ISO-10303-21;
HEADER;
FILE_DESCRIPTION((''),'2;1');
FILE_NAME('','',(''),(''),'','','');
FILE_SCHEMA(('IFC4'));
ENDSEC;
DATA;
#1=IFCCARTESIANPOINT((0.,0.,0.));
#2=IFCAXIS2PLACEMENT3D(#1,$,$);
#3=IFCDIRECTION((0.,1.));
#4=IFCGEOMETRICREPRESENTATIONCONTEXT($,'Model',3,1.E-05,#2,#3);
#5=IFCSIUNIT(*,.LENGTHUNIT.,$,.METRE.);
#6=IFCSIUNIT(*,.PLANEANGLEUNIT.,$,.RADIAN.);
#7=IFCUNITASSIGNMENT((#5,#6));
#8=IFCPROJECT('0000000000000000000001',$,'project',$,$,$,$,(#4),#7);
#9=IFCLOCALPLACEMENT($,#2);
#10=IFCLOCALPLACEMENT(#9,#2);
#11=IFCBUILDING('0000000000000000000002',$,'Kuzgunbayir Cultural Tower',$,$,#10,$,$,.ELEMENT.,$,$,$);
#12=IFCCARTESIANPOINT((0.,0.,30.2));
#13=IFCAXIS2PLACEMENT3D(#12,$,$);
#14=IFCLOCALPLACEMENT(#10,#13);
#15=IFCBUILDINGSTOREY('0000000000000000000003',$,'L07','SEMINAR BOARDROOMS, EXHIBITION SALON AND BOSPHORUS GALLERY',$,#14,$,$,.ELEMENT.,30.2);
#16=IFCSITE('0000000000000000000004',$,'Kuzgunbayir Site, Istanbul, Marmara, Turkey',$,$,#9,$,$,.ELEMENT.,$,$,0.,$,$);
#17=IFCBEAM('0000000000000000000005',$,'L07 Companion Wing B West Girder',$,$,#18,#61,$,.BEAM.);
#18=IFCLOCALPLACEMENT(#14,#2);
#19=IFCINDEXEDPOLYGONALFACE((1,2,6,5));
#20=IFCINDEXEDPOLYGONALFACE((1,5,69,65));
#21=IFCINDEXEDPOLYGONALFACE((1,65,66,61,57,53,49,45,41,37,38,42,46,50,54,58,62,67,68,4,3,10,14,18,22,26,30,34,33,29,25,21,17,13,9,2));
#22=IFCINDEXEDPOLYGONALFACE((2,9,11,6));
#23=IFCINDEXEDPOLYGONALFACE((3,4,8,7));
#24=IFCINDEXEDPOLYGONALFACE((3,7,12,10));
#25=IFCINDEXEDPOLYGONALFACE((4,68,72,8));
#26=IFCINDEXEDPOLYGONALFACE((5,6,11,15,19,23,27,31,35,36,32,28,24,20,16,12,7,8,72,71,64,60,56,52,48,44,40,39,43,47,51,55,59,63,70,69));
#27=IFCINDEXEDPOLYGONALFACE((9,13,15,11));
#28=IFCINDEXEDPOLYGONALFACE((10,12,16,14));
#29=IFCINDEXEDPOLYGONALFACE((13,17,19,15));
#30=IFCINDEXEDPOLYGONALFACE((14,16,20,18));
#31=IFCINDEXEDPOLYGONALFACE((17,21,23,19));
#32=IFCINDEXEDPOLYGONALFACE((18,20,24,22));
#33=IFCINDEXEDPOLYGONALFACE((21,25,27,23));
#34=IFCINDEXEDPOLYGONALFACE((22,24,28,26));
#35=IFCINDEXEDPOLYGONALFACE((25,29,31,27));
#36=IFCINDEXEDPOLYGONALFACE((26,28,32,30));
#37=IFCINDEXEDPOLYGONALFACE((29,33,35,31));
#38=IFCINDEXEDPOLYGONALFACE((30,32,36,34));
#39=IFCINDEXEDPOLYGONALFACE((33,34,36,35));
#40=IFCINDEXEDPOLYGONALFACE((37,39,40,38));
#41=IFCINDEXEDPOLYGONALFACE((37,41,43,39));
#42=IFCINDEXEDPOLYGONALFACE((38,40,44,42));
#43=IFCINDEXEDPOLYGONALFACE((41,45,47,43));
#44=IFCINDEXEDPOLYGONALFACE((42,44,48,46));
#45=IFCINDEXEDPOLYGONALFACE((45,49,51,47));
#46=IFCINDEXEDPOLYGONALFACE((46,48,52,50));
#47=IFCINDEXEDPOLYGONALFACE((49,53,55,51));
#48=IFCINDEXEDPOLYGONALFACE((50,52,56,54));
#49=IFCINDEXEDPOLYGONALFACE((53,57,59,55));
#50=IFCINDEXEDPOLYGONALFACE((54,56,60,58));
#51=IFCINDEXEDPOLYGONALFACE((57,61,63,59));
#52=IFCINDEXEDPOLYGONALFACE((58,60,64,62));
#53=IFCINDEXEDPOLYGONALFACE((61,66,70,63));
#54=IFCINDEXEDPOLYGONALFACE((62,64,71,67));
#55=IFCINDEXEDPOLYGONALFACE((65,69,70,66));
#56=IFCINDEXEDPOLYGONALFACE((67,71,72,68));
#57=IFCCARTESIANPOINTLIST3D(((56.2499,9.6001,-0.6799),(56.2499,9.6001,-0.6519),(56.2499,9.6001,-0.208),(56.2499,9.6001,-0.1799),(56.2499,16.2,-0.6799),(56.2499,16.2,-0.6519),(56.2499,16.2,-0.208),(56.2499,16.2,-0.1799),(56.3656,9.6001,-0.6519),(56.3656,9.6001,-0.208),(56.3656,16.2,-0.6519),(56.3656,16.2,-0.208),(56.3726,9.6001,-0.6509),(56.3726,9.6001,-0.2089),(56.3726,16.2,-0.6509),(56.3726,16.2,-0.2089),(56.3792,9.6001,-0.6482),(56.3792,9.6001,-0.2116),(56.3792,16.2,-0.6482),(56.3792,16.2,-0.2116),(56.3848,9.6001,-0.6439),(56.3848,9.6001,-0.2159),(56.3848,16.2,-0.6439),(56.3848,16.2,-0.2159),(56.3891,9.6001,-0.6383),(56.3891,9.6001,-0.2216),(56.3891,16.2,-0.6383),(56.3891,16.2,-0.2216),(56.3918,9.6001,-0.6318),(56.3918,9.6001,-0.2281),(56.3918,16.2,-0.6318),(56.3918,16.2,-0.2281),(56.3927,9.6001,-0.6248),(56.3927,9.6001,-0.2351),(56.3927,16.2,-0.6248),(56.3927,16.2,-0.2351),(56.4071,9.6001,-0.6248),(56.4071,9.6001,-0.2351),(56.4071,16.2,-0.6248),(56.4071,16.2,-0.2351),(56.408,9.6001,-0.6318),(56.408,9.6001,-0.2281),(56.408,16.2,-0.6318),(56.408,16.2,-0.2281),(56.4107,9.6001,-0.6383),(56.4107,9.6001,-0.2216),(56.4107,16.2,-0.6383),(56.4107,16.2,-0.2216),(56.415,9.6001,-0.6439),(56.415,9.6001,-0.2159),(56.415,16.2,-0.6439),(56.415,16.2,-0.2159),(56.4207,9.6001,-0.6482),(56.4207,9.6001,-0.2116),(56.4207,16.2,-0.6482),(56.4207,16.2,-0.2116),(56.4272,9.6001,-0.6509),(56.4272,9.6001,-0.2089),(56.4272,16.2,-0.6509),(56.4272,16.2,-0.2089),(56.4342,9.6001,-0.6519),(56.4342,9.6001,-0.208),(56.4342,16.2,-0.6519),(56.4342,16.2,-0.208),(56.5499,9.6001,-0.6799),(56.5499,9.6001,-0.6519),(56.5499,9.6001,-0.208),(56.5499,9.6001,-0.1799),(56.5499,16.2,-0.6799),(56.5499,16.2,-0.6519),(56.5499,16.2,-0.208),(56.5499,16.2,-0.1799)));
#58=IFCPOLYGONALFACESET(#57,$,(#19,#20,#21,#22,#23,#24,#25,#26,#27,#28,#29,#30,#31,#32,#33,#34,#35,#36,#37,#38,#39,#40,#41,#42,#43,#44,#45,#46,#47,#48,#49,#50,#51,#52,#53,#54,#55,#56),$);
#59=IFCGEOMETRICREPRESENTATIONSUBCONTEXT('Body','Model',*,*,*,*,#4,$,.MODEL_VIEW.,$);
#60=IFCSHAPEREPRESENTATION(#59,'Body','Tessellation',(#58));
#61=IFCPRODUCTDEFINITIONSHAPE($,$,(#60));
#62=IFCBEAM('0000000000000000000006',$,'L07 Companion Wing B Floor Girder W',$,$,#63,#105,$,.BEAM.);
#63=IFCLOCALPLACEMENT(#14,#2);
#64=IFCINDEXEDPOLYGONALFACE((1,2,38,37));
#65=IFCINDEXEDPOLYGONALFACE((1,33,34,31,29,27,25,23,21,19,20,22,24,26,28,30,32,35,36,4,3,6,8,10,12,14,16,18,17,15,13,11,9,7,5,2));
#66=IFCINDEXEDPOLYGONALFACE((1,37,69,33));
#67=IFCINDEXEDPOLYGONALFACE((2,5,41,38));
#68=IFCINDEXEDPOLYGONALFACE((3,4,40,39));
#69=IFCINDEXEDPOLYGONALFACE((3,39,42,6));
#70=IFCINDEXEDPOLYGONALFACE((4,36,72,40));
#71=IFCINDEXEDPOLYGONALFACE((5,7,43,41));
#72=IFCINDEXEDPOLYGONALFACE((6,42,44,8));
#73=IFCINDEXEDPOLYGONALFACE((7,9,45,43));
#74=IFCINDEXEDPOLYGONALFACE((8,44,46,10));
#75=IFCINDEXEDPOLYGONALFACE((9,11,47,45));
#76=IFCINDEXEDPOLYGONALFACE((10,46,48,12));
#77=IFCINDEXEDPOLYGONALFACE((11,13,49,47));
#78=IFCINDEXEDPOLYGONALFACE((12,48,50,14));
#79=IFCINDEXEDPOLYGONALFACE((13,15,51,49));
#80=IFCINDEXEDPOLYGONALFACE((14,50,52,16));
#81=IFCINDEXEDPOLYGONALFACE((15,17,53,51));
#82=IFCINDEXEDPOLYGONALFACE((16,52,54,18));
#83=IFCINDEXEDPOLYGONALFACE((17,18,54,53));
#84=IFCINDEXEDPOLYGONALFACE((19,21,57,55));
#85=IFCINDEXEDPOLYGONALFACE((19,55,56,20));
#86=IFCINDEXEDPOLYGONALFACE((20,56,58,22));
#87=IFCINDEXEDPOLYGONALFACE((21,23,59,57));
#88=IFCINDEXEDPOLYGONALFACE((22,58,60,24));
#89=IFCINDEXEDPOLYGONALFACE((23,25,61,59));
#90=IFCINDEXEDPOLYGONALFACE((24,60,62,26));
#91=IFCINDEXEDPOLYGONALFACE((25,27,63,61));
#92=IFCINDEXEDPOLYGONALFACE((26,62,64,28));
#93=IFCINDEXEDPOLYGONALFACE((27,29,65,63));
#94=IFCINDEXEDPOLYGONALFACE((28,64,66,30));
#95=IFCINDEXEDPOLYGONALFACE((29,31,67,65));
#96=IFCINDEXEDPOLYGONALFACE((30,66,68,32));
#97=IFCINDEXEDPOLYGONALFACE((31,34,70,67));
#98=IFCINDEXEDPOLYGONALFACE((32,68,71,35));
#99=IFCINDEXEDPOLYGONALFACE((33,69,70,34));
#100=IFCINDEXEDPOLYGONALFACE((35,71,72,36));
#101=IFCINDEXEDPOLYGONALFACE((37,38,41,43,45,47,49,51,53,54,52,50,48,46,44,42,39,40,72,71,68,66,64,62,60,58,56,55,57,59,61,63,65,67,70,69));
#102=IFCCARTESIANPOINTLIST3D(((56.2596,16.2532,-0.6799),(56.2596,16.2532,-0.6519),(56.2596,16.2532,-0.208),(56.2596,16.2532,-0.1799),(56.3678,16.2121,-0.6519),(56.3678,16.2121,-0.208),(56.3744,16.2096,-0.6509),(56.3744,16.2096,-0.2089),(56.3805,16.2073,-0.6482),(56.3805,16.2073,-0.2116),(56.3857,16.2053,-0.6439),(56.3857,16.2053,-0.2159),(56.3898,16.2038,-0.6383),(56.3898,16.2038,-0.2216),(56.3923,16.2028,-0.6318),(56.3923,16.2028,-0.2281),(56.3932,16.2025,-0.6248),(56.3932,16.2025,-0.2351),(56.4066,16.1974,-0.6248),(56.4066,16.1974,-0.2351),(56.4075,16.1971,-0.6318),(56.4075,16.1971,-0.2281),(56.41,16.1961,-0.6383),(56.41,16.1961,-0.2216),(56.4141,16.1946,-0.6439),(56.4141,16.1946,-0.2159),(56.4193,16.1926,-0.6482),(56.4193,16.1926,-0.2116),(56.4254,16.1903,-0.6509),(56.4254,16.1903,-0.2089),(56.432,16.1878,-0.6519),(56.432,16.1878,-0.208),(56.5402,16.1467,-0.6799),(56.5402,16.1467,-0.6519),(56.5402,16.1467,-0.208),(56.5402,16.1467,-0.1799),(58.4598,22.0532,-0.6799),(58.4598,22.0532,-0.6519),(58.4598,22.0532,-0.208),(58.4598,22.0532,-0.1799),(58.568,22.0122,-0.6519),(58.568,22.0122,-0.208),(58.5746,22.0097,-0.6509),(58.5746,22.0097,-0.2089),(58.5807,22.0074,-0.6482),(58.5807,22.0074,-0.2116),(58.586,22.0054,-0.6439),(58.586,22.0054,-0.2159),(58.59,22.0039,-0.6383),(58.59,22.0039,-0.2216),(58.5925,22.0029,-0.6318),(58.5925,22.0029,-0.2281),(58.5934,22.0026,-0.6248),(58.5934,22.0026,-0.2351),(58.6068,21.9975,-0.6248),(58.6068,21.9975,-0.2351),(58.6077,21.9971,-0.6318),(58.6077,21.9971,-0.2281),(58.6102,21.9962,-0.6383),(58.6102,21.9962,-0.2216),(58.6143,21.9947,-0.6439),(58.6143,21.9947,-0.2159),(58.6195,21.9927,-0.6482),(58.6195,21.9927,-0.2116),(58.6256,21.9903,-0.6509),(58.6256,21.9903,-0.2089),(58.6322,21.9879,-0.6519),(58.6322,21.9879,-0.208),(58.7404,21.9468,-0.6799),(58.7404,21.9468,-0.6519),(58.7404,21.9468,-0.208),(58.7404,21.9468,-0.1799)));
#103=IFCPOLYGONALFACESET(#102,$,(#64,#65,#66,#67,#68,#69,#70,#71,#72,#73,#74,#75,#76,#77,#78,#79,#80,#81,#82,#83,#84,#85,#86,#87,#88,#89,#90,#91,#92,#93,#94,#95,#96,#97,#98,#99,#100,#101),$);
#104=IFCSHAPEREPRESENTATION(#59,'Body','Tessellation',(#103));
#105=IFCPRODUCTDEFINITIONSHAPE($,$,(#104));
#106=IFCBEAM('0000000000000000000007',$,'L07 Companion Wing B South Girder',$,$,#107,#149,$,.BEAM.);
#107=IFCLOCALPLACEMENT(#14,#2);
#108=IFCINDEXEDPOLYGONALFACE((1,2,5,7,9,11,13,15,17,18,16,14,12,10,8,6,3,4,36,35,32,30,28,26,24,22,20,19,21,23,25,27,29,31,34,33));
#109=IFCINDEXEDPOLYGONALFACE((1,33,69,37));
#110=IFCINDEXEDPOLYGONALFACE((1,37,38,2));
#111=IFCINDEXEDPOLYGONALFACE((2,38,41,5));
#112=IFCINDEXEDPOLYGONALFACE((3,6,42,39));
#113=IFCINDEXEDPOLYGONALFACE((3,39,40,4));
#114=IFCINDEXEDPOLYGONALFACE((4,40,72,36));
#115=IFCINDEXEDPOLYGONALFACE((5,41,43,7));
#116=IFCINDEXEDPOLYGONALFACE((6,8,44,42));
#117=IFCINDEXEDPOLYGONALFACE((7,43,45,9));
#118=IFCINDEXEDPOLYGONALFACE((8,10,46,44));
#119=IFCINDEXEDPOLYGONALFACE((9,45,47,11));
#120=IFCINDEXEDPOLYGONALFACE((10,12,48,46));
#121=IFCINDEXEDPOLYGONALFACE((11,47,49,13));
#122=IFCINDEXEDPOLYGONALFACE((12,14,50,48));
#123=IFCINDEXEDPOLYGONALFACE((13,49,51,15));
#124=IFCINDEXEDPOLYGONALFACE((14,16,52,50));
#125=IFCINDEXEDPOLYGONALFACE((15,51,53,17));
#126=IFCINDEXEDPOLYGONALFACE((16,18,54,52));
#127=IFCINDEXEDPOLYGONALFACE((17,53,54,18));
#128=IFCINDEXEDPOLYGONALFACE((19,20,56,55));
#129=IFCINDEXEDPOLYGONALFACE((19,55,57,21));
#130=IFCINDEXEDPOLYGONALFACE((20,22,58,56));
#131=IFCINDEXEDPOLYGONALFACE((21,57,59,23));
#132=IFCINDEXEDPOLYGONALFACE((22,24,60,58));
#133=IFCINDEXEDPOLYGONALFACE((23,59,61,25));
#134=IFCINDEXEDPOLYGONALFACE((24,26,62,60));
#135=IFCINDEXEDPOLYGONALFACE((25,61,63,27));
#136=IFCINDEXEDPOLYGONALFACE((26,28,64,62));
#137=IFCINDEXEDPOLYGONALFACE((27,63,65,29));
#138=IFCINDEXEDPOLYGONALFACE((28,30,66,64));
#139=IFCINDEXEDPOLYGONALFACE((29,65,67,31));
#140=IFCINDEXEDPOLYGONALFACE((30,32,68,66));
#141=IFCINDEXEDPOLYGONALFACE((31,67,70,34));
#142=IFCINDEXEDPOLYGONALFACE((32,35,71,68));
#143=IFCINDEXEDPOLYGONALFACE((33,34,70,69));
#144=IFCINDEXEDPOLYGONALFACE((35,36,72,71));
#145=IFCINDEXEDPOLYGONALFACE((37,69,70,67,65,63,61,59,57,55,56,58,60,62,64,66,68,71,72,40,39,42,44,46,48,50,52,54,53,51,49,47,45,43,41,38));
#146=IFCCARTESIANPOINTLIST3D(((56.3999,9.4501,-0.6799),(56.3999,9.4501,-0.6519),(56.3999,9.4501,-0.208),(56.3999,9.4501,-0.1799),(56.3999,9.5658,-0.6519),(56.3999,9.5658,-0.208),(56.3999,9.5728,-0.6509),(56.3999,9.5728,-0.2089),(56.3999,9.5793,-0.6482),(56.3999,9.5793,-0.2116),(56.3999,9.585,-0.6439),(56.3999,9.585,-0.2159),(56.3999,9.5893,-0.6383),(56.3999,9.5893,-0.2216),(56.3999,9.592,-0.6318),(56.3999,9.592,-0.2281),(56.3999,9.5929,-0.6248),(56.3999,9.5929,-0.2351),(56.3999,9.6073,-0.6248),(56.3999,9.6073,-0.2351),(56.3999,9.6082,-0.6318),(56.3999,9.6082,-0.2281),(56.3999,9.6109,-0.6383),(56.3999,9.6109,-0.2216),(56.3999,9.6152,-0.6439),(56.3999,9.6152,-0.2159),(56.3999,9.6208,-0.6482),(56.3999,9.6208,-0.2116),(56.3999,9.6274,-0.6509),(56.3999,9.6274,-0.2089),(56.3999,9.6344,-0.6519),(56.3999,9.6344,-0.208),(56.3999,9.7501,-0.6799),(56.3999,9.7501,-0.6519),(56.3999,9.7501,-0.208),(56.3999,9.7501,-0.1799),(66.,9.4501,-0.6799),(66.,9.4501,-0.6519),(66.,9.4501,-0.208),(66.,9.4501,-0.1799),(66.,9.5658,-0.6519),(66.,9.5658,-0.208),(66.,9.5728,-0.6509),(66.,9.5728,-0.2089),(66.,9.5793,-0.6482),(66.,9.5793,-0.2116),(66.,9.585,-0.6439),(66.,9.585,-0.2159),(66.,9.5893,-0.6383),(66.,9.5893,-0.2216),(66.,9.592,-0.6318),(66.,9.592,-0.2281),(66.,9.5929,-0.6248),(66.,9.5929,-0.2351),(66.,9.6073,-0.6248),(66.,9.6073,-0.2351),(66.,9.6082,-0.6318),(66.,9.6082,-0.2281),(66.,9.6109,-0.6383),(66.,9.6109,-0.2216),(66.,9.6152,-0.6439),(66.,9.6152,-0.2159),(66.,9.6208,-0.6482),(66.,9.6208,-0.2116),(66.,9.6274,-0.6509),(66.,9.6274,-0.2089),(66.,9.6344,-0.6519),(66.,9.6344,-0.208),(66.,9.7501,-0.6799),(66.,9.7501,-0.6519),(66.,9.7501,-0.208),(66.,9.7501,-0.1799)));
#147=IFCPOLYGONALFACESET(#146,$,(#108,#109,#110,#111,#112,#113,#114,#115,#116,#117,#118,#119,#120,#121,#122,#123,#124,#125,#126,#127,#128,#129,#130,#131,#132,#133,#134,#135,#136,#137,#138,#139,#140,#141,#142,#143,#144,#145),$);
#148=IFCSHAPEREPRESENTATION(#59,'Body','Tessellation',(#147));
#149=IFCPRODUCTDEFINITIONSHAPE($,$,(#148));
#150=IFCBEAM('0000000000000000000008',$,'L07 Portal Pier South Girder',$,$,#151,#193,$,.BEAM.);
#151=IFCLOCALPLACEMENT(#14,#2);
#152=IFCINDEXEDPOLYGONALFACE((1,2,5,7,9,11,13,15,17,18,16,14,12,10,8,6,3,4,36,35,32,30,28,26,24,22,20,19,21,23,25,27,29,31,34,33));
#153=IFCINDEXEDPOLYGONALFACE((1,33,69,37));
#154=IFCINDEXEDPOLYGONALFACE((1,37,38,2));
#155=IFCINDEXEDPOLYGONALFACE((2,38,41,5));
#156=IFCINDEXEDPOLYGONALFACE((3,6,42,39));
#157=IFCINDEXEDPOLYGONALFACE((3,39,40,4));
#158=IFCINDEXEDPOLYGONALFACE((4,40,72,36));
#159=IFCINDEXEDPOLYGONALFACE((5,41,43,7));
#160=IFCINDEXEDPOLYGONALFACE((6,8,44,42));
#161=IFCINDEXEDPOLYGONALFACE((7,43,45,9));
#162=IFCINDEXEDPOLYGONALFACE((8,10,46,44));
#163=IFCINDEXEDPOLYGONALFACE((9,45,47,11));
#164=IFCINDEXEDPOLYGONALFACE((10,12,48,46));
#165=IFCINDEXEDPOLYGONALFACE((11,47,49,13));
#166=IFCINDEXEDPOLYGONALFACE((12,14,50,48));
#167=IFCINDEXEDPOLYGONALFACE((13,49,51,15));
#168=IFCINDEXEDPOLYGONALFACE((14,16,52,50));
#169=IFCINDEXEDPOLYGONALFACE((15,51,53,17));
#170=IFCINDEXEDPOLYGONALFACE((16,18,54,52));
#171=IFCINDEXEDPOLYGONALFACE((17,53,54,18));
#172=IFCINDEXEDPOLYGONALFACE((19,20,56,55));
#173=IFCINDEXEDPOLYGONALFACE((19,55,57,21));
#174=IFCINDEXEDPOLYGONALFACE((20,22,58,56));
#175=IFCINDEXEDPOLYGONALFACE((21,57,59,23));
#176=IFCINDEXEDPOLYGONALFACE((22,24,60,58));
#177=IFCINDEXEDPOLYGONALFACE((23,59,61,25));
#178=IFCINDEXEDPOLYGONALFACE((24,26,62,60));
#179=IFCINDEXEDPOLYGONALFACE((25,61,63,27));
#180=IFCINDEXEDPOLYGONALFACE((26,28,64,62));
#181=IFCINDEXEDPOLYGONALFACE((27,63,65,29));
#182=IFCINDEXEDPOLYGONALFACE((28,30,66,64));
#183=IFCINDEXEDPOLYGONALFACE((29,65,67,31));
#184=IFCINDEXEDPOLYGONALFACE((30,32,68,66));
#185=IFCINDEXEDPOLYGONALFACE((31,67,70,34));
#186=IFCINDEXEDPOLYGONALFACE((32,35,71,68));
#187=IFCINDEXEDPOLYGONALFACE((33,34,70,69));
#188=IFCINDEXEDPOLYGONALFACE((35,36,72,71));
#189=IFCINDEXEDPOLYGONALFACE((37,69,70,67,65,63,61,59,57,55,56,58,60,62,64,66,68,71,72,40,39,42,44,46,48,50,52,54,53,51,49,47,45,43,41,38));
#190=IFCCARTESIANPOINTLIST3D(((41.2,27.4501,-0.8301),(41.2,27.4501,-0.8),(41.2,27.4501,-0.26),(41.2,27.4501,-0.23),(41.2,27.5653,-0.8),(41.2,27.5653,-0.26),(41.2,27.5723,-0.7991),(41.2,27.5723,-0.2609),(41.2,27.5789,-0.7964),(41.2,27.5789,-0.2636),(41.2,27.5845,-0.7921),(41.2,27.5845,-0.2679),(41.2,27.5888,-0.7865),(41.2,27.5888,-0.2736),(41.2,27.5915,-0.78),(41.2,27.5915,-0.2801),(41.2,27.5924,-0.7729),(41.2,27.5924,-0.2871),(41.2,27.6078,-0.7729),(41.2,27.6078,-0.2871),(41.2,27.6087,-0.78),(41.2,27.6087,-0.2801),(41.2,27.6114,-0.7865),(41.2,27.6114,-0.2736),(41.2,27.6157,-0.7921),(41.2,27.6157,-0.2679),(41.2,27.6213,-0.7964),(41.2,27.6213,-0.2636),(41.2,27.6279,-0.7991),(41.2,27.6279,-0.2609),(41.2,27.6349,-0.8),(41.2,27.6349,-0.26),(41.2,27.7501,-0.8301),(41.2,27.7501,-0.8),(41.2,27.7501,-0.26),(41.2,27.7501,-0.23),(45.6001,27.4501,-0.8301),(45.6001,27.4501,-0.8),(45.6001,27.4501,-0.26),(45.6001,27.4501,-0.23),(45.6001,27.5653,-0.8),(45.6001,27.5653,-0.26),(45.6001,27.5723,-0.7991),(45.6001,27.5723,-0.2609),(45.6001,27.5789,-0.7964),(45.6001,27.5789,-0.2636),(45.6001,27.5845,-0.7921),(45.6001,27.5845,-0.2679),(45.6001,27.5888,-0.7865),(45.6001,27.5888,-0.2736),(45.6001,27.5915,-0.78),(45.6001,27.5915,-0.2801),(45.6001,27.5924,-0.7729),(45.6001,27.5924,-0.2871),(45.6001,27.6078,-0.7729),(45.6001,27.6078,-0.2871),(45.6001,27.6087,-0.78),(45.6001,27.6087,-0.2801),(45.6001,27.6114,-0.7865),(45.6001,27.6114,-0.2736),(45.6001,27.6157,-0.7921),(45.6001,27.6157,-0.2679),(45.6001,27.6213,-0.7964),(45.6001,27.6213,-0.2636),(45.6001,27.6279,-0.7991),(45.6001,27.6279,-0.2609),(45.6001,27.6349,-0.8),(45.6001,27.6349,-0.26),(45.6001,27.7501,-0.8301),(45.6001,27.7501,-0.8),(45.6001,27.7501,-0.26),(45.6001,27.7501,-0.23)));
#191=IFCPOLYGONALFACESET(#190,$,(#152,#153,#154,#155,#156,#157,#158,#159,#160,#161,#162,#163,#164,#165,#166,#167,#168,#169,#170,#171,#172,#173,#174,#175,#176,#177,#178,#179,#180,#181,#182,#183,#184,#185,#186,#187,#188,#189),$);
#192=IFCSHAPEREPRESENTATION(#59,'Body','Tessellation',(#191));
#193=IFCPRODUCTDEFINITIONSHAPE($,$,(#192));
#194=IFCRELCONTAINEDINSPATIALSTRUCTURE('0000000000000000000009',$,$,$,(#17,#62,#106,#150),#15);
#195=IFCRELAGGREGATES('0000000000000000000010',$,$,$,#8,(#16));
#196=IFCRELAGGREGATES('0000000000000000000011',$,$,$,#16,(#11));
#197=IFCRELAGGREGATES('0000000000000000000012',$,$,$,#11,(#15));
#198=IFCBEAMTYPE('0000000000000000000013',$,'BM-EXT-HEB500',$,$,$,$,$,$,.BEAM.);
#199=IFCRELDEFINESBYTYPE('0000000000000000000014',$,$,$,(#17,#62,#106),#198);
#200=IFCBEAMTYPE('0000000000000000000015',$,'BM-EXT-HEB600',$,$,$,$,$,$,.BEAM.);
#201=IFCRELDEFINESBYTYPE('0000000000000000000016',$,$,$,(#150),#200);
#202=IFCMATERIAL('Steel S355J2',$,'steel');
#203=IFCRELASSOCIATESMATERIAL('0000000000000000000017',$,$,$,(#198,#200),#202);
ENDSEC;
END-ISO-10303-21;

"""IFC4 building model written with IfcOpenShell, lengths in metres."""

from ifc_helpers import new_model, si_unit, direction, frame, origin, origin_2d, place, context, subcontext, project, spatial, i_section, extrude, material, material_profile, profile_set, type_object, element, save


model = new_model("IFC4")

# Units and contexts
model_context = context("Model", 3, precision=1e-05, world=origin(), true_north=direction((0.0, 1.0)))
body_context = subcontext(model_context, "Body", "Model", "MODEL_VIEW")
ifc_project = project(units=[si_unit("LENGTHUNIT", "METRE"), si_unit("PLANEANGLEUNIT", "RADIAN")], contexts=[model_context])

# Site, building, storey
site_placement = place(None, origin())
site = spatial("IfcSite", under=ifc_project, at=site_placement, Name="Kuzgunbayir Site, Istanbul, Marmara, Turkey", CompositionType="ELEMENT", RefElevation=0.0)
building_placement = place(site_placement, origin())
building = spatial("IfcBuilding", under=site, at=building_placement, Name="Kuzgunbayir Cultural Tower", CompositionType="ELEMENT")
storey_placement = place(building_placement, frame((0.0, 0.0, 30.2)))
storey = spatial("IfcBuildingStorey", under=building, at=storey_placement, Name="L07", Description="SEMINAR BOARDROOMS, EXHIBITION SALON AND BOSPHORUS GALLERY", CompositionType="ELEMENT", Elevation=30.2)

# Beams
ifc_material_1 = material(Name="Steel S355J2", Category="steel")
ifc_material_profile_1 = material_profile(ifc_material_1, i_section(OverallWidth=0.3, OverallDepth=0.5, WebThickness=0.0144, FlangeThickness=0.0281, FilletRadius=0.0271, at=origin_2d()), Name="HEB 500")
ifc_profile_set_1 = profile_set([ifc_material_profile_1], Name="Steel S355J2")
beam_type_1 = type_object("IfcBeamType", Name="BM-EXT-HEB500", PredefinedType="BEAM", material=ifc_profile_set_1)
beam_1_placement = place(storey_placement, frame((56.3999, 9.6001, -0.4299), z_axis=(0.0, 1.0, 0.0), x_axis=(-1.0, 0.0, 0.0)))
element("IfcBeam", 1, at=beam_1_placement, inside=storey, type_object=beam_type_1, Name="L07 Companion Wing B West Girder", PredefinedType="BEAM", context=body_context, shape_type="SweptSolid", body=[
    extrude(i_section(OverallWidth=0.3, OverallDepth=0.5, WebThickness=0.0144, FlangeThickness=0.0281, FilletRadius=0.0271, at=origin_2d()), origin(), (0.0, 0.0, 1.0), 6.5999),
])
beam_2_placement = place(storey_placement, frame((56.3999, 16.2, -0.4299), z_axis=(0.354679, 0.934988, 0.0), x_axis=(-0.934988, 0.354679, 0.0)))
element("IfcBeam", 2, at=beam_2_placement, inside=storey, type_object=beam_type_1, Name="L07 Companion Wing B Floor Girder W", PredefinedType="BEAM", context=body_context, shape_type="SweptSolid", body=[
    extrude(i_section(OverallWidth=0.3, OverallDepth=0.5, WebThickness=0.0144, FlangeThickness=0.0281, FilletRadius=0.0271, at=origin_2d()), origin(), (0.0, 0.0, 1.0), 6.2034),
])
beam_3_placement = place(storey_placement, frame((56.3999, 9.6001, -0.4299), z_axis=(1.0, 0.0, 0.0), x_axis=(0.0, 1.0, 0.0)))
element("IfcBeam", 3, at=beam_3_placement, inside=storey, type_object=beam_type_1, Name="L07 Companion Wing B South Girder", PredefinedType="BEAM", context=body_context, shape_type="SweptSolid", body=[
    extrude(i_section(OverallWidth=0.3, OverallDepth=0.5, WebThickness=0.0144, FlangeThickness=0.0281, FilletRadius=0.0271, at=origin_2d()), origin(), (0.0, 0.0, 1.0), 9.6001),
])
ifc_material_profile_2 = material_profile(ifc_material_1, i_section(OverallWidth=0.3, OverallDepth=0.6001, WebThickness=0.0154, FlangeThickness=0.03, FilletRadius=0.0271, at=origin_2d()), Name="HEB 600")
ifc_profile_set_2 = profile_set([ifc_material_profile_2], Name="Steel S355J2")
beam_type_2 = type_object("IfcBeamType", Name="BM-EXT-HEB600", PredefinedType="BEAM", material=ifc_profile_set_2)
beam_4_placement = place(storey_placement, frame((41.2, 27.6001, -0.53), z_axis=(1.0, 0.0, 0.0), x_axis=(0.0, 1.0, 0.0)))
element("IfcBeam", 4, at=beam_4_placement, inside=storey, type_object=beam_type_2, Name="L07 Portal Pier South Girder", PredefinedType="BEAM", context=body_context, shape_type="SweptSolid", body=[
    extrude(i_section(OverallWidth=0.3, OverallDepth=0.6001, WebThickness=0.0154, FlangeThickness=0.03, FilletRadius=0.0271, at=origin_2d()), origin(), (0.0, 0.0, 1.0), 4.4001),
])

save(model, "model.ifc")
